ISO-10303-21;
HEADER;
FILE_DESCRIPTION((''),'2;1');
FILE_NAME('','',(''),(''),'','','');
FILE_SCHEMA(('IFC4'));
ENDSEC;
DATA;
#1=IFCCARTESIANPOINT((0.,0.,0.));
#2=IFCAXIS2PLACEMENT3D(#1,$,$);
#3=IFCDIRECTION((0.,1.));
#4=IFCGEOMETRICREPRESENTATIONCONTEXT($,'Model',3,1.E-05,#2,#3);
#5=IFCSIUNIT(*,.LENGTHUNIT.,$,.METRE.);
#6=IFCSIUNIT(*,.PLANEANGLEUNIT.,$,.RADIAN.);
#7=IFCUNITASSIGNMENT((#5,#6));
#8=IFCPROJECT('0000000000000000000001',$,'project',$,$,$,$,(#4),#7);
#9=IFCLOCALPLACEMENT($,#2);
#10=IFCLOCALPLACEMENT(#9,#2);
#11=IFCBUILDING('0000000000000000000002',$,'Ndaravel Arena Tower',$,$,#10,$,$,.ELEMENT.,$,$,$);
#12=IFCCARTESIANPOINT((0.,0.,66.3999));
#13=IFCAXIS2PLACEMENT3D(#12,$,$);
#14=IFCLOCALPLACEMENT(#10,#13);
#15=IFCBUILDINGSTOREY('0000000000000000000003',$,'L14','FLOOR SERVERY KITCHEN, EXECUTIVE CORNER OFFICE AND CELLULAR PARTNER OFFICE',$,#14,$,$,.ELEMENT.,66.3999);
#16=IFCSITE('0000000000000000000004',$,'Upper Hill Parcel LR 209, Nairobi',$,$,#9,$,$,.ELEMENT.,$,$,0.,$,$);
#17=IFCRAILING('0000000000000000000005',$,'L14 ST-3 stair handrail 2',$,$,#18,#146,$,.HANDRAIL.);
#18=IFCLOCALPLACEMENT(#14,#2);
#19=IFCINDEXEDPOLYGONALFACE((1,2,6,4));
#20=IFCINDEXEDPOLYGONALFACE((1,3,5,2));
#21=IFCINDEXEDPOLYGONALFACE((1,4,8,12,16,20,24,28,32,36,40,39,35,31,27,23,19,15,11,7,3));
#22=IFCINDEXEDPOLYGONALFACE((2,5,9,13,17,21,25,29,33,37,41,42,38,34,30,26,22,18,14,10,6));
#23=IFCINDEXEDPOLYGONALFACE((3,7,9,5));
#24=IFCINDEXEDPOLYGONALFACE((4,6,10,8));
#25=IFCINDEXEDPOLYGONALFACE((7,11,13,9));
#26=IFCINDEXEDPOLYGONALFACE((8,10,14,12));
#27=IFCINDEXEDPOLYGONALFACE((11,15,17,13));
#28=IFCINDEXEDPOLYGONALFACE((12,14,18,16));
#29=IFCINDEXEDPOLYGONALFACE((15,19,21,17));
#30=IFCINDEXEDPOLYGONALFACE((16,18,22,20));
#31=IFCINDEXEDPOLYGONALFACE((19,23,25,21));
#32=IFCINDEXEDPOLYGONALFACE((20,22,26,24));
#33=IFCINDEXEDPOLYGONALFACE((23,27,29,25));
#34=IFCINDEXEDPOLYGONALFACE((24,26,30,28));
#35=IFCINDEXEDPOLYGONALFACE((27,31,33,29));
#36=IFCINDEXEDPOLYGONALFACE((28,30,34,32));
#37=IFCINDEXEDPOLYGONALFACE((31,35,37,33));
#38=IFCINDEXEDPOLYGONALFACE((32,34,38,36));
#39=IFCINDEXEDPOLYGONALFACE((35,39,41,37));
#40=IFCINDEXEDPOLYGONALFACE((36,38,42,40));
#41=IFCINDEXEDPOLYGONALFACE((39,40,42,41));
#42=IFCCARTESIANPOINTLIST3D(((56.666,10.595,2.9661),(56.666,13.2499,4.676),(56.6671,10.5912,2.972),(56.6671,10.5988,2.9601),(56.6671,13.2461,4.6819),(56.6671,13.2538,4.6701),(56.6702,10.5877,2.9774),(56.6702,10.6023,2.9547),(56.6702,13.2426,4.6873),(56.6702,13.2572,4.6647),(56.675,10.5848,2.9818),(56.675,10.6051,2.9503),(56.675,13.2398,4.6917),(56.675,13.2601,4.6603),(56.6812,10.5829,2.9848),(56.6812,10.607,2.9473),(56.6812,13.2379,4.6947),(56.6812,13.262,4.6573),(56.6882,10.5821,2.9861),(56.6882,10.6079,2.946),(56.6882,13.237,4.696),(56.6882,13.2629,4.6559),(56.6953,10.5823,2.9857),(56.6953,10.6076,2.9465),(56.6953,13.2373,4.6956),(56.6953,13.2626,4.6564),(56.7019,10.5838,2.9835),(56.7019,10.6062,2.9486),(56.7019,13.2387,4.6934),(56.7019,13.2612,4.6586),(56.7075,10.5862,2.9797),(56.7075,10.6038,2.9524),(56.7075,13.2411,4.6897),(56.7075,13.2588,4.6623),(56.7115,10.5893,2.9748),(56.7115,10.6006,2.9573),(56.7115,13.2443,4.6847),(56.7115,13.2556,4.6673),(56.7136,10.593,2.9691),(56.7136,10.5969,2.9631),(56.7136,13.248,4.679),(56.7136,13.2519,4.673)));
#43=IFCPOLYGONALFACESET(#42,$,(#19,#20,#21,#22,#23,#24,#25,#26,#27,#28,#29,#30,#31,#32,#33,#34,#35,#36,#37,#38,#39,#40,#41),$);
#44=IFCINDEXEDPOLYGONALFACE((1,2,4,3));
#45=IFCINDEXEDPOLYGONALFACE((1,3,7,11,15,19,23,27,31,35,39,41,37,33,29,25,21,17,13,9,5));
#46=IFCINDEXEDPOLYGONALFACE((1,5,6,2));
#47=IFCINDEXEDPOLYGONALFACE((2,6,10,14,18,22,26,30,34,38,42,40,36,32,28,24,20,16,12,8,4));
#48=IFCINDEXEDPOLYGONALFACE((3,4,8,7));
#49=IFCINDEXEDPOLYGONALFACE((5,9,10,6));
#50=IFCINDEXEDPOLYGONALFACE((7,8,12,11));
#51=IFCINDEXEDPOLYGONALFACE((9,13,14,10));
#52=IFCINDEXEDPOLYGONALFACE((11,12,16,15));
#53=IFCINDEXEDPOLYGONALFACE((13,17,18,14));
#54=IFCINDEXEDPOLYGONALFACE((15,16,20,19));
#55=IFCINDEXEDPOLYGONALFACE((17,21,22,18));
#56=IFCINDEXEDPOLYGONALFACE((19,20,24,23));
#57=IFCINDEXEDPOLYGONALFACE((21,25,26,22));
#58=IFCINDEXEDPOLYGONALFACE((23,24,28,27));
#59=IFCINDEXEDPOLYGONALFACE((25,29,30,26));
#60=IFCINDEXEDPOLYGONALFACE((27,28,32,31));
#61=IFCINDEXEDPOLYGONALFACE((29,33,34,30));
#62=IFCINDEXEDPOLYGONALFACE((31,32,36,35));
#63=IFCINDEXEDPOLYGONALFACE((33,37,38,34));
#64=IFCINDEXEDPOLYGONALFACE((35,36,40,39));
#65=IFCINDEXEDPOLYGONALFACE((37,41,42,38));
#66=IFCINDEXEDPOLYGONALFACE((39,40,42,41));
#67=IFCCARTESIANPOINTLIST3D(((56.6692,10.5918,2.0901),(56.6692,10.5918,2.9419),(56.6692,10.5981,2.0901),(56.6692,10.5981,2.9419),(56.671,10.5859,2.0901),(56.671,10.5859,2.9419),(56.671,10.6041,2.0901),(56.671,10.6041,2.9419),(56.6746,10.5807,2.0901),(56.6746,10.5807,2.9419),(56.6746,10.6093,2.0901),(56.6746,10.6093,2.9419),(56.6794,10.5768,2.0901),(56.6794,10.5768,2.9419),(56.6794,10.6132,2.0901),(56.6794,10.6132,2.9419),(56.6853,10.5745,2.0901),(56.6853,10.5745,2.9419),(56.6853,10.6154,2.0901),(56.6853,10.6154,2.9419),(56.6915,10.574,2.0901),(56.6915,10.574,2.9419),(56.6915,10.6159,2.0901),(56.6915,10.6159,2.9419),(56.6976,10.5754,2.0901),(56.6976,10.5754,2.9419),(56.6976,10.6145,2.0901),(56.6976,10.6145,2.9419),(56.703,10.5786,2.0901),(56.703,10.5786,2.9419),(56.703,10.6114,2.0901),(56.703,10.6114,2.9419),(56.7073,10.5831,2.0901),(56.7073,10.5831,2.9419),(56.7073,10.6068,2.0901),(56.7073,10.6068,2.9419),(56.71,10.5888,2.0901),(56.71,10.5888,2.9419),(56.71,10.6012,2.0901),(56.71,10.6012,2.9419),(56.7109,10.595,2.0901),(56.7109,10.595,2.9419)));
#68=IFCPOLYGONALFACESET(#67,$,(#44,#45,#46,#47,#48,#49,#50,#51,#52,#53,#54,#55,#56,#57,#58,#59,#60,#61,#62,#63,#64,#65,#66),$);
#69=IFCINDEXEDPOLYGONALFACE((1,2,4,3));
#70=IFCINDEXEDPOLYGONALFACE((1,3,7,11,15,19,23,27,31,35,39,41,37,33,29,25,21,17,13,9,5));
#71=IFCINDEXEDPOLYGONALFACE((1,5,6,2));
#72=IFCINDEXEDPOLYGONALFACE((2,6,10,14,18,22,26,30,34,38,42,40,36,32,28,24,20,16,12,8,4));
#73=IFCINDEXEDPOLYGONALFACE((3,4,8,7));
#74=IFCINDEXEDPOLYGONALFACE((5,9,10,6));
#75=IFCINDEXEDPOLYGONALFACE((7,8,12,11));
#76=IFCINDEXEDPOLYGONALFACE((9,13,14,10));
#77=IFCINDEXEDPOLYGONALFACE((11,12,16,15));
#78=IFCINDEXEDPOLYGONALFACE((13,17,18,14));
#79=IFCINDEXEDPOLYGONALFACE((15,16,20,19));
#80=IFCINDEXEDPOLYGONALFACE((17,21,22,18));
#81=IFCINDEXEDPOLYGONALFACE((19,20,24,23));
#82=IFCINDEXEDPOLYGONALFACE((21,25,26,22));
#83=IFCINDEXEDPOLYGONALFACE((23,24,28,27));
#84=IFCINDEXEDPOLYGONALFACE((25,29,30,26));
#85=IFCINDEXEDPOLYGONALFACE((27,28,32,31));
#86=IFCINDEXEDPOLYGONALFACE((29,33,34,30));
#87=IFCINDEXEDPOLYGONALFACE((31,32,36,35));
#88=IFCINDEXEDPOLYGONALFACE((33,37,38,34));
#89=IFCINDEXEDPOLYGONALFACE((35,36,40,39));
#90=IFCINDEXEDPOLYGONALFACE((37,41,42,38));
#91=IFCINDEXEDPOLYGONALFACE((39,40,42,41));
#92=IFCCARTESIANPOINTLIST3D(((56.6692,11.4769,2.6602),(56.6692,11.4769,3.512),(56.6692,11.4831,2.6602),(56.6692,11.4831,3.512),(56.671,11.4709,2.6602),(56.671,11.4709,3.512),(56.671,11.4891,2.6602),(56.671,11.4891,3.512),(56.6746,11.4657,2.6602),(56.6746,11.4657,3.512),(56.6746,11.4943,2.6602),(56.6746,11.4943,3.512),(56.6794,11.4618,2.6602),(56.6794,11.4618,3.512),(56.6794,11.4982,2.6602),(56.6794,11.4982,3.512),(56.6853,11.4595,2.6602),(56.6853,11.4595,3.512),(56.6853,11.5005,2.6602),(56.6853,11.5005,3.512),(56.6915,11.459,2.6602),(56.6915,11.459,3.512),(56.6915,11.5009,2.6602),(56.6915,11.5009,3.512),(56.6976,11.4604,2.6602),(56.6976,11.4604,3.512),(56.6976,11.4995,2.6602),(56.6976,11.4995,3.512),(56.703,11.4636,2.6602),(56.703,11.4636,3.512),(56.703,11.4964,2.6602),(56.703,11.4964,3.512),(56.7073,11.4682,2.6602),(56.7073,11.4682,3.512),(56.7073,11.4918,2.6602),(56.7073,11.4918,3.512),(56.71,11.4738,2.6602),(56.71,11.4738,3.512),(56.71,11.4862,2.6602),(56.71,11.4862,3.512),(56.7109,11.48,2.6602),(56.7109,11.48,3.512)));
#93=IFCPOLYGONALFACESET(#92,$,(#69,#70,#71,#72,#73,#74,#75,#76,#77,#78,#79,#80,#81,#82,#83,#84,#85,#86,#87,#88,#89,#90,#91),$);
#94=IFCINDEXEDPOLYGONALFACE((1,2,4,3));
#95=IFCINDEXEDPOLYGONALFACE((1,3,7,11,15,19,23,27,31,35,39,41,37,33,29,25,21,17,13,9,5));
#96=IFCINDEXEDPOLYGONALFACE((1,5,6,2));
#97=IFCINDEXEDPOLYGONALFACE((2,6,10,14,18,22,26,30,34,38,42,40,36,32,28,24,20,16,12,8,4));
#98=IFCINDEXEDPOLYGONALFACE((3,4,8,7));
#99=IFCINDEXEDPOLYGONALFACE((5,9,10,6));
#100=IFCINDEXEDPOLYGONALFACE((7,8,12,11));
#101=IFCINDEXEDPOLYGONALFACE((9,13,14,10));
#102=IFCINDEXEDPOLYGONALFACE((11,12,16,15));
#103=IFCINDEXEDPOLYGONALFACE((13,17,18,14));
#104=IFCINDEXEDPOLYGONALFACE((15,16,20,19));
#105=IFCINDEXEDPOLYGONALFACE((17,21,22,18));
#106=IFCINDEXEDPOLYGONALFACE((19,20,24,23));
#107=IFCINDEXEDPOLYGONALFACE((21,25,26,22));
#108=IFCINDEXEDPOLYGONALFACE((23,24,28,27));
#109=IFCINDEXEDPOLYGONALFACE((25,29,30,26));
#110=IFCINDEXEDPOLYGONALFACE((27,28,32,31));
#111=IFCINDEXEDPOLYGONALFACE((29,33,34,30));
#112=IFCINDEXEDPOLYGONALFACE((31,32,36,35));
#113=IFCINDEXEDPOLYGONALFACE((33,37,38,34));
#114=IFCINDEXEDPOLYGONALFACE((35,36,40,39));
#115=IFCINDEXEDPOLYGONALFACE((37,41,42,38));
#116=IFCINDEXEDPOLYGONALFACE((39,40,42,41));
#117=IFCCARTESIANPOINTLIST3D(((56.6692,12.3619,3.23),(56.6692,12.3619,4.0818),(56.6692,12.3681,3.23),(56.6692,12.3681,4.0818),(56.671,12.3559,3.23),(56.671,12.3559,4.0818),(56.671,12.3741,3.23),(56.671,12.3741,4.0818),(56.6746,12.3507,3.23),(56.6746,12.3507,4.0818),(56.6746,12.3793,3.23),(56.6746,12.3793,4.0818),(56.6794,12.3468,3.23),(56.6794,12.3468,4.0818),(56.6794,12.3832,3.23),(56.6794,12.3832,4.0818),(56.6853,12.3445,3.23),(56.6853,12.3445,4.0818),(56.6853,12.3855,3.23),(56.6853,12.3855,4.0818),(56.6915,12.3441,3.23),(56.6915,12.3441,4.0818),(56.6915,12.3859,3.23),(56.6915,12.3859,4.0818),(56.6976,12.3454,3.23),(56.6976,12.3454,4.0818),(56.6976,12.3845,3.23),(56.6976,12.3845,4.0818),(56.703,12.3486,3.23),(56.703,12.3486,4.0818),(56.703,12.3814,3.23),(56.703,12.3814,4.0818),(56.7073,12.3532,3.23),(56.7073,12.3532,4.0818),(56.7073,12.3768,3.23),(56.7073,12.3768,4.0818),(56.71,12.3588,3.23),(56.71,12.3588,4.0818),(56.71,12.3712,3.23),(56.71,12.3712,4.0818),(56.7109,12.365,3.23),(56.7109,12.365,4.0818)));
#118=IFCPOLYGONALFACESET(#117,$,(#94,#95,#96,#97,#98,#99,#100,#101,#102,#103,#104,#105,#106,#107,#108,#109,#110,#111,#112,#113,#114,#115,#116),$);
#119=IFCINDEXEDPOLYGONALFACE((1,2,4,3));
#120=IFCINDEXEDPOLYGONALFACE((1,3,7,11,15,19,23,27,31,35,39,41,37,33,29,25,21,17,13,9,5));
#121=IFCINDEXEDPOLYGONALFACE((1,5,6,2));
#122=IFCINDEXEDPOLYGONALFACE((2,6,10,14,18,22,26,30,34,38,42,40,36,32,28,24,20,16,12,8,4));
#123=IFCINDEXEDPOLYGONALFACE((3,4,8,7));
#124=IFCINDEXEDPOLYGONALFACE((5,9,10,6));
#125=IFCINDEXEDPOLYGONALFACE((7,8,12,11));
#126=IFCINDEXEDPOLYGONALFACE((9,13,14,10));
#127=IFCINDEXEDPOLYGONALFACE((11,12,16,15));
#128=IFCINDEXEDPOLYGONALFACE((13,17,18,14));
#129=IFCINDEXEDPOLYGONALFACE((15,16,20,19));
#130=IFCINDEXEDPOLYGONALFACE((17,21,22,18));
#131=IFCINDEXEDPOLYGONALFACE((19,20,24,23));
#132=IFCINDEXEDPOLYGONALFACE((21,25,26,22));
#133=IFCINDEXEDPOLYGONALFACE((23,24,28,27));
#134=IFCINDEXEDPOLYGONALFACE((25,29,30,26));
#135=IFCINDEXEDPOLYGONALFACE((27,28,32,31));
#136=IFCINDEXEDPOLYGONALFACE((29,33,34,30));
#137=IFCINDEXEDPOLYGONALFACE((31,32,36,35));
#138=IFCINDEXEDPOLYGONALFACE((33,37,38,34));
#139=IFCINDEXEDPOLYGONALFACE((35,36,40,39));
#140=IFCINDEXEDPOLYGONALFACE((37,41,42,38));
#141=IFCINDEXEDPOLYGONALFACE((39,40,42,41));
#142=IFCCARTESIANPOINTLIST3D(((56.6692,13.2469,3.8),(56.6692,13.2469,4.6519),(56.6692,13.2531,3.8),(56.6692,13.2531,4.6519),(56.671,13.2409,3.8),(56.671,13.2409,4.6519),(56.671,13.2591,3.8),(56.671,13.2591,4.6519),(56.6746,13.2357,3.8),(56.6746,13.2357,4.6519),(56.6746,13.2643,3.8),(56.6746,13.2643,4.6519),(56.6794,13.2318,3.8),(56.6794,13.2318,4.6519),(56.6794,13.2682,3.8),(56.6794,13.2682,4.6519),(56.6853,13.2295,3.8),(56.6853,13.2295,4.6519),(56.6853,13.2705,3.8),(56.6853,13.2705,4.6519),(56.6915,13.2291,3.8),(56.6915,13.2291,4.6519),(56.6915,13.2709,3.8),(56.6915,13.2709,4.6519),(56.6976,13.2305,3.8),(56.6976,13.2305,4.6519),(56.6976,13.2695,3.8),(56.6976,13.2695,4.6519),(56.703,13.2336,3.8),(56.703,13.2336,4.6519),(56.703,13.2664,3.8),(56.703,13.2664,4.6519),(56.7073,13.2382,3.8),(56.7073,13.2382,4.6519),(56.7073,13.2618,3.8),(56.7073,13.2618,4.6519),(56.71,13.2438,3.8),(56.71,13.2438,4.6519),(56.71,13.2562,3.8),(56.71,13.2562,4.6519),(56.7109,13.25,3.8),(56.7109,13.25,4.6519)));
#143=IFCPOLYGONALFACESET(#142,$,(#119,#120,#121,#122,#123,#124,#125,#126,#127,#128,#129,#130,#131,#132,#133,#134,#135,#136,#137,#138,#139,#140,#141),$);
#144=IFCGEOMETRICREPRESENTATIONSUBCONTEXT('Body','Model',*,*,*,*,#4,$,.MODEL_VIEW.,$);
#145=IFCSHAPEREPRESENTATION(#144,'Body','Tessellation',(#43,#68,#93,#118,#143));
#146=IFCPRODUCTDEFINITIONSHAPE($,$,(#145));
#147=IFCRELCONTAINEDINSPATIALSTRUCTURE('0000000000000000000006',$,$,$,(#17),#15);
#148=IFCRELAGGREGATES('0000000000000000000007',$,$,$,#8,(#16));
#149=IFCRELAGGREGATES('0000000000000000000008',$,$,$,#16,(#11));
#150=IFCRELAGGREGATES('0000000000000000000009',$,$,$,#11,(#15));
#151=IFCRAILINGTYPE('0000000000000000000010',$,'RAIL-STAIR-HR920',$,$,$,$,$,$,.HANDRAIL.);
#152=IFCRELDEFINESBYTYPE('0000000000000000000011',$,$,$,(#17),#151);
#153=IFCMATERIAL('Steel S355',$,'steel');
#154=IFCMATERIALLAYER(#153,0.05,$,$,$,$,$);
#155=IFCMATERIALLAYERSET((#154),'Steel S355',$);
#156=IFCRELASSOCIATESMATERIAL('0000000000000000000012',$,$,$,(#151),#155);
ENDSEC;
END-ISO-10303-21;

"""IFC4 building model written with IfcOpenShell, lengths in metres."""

from ifc_helpers import new_model, si_unit, direction, frame, origin, origin_2d, place, context, subcontext, project, spatial, circle, extrude, material, layer, layer_set, type_object, element, save


model = new_model("IFC4")

# Units and contexts
model_context = context("Model", 3, precision=1e-05, world=origin(), true_north=direction((0.0, 1.0)))
body_context = subcontext(model_context, "Body", "Model", "MODEL_VIEW")
ifc_project = project(units=[si_unit("LENGTHUNIT", "METRE"), si_unit("PLANEANGLEUNIT", "RADIAN")], contexts=[model_context])

# Site, building, storey
site_placement = place(None, origin())
site = spatial("IfcSite", under=ifc_project, at=site_placement, Name="Upper Hill Parcel LR 209, Nairobi", CompositionType="ELEMENT", RefElevation=0.0)
building_placement = place(site_placement, origin())
building = spatial("IfcBuilding", under=site, at=building_placement, Name="Ndaravel Arena Tower", CompositionType="ELEMENT")
storey_placement = place(building_placement, frame((0.0, 0.0, 66.3999)))
storey = spatial("IfcBuildingStorey", under=building, at=storey_placement, Name="L14", Description="FLOOR SERVERY KITCHEN, EXECUTIVE CORNER OFFICE AND CELLULAR PARTNER OFFICE", CompositionType="ELEMENT", Elevation=66.3999)

# Railing
ifc_material_1 = material(Name="Steel S355", Category="steel")
ifc_layer_1 = layer(ifc_material_1, 0.05)
ifc_layer_set_1 = layer_set([ifc_layer_1], Name="Steel S355")
railing_type_1 = type_object("IfcRailingType", Name="RAIL-STAIR-HR920", PredefinedType="HANDRAIL", material=ifc_layer_set_1)
railing_1_placement = place(storey_placement, frame((56.6899, 10.595, 2.0901)))
element("IfcRailing", 1, at=railing_1_placement, inside=storey, type_object=railing_type_1, Name="L14 ST-3 stair handrail 2", PredefinedType="HANDRAIL", context=body_context, shape_type="SweptSolid", body=[
    extrude(circle(Radius=0.0239, at=origin_2d()), frame((0.0, 0.0, 0.876), z_axis=(0.0, 0.840724, 0.541465), x_axis=(-1.0, 0.0, 0.0)), (0.0, 0.0, 1.0), 3.158),
    extrude(circle(Radius=0.021, at=origin_2d()), origin(), (0.0, 0.0, 1.0), 0.8518),
    extrude(circle(Radius=0.021, at=origin_2d()), frame((0.0, 0.885, 0.5701)), (0.0, 0.0, 1.0), 0.8518),
    extrude(circle(Radius=0.021, at=origin_2d()), frame((0.0, 1.77, 1.1399)), (0.0, 0.0, 1.0), 0.8518),
    extrude(circle(Radius=0.021, at=origin_2d()), frame((0.0, 2.655, 1.71)), (0.0, 0.0, 1.0), 0.8518),
])

save(model, "model.ifc")
